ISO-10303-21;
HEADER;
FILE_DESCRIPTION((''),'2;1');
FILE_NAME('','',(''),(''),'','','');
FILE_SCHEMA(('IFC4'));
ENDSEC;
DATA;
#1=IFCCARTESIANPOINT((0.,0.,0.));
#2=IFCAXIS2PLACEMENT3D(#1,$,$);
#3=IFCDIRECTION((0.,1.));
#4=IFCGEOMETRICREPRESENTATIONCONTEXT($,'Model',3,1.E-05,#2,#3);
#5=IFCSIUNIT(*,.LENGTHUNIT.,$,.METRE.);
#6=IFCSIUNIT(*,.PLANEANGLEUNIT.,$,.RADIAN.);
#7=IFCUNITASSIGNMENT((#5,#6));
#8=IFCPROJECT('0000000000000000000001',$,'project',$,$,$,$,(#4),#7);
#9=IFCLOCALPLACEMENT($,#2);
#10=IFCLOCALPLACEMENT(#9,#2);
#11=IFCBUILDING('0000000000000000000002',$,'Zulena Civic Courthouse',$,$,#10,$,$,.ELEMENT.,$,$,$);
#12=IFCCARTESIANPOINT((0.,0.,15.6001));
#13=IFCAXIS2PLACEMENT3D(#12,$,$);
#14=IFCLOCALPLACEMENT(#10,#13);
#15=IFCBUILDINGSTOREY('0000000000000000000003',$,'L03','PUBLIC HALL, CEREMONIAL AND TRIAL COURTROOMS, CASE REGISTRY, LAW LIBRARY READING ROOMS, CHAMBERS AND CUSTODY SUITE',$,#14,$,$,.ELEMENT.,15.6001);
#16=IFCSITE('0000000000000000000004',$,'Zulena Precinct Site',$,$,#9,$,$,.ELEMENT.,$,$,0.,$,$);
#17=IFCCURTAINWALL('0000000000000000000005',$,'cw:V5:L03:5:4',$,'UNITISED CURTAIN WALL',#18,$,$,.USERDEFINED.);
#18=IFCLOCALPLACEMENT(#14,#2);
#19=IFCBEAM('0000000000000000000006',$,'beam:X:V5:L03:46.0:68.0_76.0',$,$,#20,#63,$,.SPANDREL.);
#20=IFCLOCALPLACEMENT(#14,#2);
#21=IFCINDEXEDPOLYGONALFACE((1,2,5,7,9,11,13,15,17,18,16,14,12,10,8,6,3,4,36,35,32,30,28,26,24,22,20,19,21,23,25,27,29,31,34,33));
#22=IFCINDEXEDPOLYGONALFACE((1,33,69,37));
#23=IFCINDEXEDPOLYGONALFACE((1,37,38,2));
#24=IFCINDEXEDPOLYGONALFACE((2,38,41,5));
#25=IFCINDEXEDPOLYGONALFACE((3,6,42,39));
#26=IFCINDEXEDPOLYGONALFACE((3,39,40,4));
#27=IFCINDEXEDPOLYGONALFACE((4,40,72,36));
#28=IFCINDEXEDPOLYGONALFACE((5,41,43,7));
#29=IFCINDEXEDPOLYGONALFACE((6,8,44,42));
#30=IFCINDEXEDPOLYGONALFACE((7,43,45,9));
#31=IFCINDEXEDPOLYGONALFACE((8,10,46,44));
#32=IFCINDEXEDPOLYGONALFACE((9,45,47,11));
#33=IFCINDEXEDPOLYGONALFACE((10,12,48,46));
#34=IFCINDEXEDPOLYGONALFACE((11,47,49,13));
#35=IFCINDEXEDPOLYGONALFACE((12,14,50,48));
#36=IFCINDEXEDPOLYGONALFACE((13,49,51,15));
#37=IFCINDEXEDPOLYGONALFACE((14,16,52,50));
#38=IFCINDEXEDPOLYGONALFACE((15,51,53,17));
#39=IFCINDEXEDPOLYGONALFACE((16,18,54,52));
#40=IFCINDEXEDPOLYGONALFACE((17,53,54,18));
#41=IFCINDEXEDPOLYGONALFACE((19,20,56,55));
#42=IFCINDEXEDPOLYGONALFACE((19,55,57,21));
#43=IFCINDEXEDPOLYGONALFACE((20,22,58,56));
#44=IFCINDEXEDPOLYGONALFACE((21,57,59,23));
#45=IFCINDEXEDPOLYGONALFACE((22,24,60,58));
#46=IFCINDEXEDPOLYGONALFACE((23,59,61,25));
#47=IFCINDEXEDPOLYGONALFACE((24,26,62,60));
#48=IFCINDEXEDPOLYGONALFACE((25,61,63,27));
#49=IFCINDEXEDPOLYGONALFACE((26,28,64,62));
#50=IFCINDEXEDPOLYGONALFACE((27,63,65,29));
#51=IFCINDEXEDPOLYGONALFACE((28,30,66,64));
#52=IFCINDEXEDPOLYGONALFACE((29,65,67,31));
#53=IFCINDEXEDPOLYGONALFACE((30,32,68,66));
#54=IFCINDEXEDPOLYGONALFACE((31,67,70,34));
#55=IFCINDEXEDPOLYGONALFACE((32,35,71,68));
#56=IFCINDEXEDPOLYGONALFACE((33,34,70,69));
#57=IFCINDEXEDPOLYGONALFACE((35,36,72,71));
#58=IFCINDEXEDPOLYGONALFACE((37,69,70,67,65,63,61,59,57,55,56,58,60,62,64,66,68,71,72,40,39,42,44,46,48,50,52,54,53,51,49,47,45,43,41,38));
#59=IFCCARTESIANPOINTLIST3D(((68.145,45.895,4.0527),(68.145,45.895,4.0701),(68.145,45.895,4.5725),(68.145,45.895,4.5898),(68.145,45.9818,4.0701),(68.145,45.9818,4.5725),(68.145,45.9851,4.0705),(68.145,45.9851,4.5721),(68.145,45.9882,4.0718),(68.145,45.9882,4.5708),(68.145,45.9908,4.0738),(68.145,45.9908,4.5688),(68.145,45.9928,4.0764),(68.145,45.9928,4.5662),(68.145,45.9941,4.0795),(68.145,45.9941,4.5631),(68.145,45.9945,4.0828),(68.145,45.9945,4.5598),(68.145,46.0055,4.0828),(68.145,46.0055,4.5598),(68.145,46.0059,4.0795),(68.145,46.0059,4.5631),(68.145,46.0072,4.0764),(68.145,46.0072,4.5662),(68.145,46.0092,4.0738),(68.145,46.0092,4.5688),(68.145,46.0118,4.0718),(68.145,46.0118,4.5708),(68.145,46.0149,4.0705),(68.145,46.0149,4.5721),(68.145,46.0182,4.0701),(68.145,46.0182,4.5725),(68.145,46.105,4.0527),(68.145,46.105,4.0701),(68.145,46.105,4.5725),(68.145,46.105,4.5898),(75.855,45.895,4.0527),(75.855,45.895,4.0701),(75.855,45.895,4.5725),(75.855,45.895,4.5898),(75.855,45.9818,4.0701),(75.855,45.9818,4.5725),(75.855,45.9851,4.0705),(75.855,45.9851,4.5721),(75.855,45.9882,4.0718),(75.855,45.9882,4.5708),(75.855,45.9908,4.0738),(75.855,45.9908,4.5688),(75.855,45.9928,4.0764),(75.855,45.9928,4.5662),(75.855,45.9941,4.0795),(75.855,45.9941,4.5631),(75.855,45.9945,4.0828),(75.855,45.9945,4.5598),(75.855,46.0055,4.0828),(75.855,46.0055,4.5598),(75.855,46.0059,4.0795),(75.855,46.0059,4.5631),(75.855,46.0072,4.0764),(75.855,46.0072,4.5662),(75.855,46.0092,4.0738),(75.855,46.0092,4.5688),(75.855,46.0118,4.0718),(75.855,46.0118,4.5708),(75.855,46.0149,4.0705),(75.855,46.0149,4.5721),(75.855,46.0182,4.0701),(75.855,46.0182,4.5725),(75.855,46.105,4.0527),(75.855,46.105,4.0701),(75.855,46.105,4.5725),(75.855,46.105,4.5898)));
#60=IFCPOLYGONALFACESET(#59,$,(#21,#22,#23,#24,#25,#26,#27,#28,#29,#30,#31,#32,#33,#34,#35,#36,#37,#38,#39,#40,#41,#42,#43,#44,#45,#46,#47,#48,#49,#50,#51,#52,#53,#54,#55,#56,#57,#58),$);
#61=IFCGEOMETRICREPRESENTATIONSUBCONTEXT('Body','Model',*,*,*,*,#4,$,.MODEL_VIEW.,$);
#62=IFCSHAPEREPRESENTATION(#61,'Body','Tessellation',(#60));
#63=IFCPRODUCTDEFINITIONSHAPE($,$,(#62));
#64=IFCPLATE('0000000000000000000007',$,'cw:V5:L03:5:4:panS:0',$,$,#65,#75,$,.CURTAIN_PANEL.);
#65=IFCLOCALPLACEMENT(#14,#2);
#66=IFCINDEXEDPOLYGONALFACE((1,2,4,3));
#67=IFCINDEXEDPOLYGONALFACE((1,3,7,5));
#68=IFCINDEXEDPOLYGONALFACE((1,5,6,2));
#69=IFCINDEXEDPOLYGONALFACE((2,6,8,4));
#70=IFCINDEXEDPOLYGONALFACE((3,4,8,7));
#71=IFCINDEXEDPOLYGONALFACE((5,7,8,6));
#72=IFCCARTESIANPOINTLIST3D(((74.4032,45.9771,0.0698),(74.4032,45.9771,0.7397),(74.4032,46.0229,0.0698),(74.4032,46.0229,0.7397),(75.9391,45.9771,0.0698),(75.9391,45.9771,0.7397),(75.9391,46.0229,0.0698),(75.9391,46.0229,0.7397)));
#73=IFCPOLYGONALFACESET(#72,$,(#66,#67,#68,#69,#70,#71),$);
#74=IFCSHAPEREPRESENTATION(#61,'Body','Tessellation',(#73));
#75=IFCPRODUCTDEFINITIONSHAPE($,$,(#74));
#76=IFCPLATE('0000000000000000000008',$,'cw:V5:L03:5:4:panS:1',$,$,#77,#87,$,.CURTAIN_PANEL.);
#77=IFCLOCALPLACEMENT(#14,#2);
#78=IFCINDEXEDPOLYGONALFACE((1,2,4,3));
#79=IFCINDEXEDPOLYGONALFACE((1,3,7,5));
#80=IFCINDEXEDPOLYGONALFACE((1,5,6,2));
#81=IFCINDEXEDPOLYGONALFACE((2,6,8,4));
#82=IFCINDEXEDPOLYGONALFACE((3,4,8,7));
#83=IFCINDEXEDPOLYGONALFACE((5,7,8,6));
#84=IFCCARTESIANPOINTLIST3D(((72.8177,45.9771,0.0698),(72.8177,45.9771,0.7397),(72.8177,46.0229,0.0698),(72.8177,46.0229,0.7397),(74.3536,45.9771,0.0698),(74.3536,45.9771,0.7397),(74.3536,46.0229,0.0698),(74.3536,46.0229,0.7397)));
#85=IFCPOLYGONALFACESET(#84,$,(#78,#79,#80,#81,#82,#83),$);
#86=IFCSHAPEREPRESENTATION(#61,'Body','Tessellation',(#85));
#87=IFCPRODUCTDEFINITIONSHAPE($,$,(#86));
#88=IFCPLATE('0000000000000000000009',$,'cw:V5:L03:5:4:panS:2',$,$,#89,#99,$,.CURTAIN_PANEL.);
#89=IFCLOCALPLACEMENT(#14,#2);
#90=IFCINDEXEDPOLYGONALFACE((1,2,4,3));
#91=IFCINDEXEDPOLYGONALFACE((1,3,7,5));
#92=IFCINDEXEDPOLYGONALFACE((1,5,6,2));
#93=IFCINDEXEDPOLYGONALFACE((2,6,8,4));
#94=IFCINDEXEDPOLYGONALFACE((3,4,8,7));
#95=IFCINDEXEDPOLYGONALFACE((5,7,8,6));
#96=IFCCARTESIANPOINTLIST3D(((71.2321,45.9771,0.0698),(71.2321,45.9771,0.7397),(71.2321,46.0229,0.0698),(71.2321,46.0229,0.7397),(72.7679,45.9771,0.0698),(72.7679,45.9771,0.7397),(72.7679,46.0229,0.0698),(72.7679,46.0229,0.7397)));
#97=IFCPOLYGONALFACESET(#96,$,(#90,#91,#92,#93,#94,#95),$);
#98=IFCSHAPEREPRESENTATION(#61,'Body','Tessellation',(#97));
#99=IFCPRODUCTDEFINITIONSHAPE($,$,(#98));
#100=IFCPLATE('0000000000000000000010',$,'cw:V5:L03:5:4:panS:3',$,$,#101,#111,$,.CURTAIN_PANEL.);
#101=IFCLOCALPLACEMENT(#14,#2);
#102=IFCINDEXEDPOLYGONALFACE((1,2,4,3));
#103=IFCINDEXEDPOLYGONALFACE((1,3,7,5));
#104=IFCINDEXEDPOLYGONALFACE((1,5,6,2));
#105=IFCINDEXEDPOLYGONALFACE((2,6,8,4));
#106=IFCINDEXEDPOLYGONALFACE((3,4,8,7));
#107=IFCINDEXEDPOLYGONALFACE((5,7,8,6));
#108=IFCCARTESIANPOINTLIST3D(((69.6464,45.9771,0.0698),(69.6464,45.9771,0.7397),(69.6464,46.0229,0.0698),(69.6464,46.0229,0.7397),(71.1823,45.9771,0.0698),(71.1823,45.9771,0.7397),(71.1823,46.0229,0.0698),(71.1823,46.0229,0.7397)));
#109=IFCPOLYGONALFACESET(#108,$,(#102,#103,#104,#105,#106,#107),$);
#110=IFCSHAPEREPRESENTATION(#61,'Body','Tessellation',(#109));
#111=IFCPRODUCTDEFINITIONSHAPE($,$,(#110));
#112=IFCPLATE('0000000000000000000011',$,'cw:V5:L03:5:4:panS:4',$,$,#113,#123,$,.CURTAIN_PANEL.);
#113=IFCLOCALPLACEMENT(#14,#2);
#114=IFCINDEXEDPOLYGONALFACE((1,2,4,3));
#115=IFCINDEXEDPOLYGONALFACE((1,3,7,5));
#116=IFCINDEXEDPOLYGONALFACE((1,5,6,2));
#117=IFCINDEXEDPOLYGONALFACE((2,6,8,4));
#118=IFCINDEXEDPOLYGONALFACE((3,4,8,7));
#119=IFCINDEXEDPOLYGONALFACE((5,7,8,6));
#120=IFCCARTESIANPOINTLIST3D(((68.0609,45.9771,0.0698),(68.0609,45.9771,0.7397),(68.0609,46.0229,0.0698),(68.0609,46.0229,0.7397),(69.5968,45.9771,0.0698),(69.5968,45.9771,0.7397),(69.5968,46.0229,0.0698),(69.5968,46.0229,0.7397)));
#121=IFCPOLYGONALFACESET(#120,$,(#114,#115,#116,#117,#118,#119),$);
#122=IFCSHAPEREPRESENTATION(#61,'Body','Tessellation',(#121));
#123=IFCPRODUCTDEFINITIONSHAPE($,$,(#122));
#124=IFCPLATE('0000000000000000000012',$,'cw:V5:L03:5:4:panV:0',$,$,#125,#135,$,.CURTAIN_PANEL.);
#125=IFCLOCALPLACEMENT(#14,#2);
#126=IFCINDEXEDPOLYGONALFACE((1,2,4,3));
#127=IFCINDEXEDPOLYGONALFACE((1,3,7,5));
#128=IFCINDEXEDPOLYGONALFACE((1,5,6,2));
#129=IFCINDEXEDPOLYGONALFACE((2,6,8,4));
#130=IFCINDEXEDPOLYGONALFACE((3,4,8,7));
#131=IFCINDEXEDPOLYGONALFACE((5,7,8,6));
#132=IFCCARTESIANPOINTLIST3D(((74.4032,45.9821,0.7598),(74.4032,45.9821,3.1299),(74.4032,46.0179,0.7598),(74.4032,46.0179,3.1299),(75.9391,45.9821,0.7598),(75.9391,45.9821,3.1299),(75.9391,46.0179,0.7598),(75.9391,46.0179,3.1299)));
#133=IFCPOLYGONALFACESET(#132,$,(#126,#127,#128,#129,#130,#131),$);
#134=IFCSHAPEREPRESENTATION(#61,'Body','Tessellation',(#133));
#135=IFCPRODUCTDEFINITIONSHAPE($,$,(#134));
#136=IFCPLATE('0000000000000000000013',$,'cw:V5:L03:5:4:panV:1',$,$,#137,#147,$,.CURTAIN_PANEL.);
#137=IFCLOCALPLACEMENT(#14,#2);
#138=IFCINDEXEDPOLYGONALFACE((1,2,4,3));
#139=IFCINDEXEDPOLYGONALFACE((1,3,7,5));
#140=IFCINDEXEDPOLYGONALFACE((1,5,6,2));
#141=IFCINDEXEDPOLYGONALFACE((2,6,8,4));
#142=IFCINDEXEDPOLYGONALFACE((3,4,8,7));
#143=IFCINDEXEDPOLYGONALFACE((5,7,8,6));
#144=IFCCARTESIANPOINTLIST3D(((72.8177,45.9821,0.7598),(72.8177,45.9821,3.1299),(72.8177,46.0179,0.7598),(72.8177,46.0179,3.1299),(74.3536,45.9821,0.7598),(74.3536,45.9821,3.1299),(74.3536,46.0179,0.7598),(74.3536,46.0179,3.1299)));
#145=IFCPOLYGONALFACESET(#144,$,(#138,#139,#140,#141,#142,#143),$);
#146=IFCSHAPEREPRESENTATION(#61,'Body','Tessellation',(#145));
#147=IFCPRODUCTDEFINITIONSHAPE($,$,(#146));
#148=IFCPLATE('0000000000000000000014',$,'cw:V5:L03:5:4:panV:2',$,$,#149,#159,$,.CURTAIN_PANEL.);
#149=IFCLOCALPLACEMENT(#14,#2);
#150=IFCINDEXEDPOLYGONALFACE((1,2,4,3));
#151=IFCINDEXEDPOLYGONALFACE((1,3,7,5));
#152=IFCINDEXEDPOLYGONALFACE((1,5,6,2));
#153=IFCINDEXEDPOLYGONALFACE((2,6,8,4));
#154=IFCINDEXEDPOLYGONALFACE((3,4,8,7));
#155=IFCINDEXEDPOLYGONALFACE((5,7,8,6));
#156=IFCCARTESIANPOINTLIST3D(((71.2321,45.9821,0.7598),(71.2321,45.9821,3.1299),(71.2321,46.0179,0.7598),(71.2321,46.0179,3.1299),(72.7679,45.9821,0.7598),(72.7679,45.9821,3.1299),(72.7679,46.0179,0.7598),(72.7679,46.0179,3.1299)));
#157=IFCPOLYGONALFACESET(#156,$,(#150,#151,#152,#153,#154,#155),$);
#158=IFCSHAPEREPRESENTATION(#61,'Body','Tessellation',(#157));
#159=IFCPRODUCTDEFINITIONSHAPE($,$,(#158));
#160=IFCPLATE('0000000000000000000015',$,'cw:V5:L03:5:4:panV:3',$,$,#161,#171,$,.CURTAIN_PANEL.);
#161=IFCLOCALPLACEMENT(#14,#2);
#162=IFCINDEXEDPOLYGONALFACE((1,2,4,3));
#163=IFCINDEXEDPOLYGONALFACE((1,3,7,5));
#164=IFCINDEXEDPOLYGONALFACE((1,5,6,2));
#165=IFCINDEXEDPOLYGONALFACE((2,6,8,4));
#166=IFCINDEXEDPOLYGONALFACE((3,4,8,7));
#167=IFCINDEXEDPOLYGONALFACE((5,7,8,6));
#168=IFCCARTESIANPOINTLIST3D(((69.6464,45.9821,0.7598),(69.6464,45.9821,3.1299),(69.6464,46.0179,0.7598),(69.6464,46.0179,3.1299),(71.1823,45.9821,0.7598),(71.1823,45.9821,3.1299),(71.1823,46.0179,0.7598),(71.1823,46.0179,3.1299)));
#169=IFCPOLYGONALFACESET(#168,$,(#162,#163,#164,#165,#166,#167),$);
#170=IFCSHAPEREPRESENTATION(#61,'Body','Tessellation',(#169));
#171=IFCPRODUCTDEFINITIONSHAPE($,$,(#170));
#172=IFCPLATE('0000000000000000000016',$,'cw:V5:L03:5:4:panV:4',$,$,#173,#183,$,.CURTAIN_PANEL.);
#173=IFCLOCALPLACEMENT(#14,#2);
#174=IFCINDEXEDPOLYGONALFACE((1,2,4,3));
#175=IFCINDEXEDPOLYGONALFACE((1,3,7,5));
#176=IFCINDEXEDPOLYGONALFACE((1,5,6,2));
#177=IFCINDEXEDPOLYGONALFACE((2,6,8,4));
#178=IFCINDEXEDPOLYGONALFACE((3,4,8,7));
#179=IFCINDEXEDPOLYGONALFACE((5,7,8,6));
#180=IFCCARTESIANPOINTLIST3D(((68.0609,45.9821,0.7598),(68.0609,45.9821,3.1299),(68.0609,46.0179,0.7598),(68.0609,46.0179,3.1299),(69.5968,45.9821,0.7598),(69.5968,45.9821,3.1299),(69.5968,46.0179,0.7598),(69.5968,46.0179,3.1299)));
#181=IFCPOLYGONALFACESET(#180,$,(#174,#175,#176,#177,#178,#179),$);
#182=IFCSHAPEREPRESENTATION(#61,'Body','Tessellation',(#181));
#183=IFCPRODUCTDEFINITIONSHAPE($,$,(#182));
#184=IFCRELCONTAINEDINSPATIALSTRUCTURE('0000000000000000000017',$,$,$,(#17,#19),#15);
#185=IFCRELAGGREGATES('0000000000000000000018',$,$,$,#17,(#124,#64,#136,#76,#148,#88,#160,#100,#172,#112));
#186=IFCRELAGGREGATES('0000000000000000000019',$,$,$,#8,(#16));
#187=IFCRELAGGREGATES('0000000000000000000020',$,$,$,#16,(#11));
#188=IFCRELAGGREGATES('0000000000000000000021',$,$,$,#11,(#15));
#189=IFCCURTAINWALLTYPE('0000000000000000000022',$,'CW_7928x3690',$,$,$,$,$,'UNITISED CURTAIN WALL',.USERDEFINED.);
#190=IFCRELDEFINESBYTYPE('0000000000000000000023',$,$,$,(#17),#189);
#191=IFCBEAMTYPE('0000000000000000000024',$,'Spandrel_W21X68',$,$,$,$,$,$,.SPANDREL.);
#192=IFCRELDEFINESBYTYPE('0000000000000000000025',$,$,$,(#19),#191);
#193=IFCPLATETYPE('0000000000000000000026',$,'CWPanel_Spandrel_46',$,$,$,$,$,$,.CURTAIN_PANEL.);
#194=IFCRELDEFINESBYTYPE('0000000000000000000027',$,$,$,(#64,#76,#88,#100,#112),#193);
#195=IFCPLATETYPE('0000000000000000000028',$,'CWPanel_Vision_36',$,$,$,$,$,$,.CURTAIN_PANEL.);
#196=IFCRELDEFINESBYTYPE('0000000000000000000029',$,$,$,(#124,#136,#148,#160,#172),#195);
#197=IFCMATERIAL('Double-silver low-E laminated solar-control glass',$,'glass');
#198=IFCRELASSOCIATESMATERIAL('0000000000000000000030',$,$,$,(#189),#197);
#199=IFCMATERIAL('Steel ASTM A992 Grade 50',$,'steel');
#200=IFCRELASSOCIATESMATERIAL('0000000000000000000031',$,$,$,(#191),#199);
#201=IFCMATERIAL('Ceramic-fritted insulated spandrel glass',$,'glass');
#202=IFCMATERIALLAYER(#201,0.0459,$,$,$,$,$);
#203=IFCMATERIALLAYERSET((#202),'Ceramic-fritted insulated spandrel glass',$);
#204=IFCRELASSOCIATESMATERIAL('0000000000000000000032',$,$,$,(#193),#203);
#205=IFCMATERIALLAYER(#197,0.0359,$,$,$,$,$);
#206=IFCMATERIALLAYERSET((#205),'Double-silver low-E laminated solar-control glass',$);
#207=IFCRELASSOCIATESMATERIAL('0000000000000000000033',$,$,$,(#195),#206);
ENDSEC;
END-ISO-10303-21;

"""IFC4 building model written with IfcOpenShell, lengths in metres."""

from ifc_helpers import new_model, si_unit, direction, frame, origin, origin_2d, place, context, subcontext, project, spatial, rectangle, i_section, extrude, material, layer, layer_set, material_profile, profile_set, type_object, element, aggregate, save


model = new_model("IFC4")

# Units and contexts
model_context = context("Model", 3, precision=1e-05, world=origin(), true_north=direction((0.0, 1.0)))
body_context = subcontext(model_context, "Body", "Model", "MODEL_VIEW")
ifc_project = project(units=[si_unit("LENGTHUNIT", "METRE"), si_unit("PLANEANGLEUNIT", "RADIAN")], contexts=[model_context])

# Site, building, storey
site_placement = place(None, origin())
site = spatial("IfcSite", under=ifc_project, at=site_placement, Name="Zulena Precinct Site", CompositionType="ELEMENT", RefElevation=0.0)
building_placement = place(site_placement, origin())
building = spatial("IfcBuilding", under=site, at=building_placement, Name="Zulena Civic Courthouse", CompositionType="ELEMENT")
storey_placement = place(building_placement, frame((0.0, 0.0, 15.6001)))
storey = spatial("IfcBuildingStorey", under=building, at=storey_placement, Name="L03", Description="PUBLIC HALL, CEREMONIAL AND TRIAL COURTROOMS, CASE REGISTRY, LAW LIBRARY READING ROOMS, CHAMBERS AND CUSTODY SUITE", CompositionType="ELEMENT", Elevation=15.6001)

# Shared definitions
ifc_material_1 = material(Name="Steel ASTM A992 Grade 50", Category="steel")

# Curtain wall
ifc_material_2 = material(Name="Double-silver low-E laminated solar-control glass", Category="glass")
curtain_wall_type = type_object("IfcCurtainWallType", Name="CW_7928x3690", ElementType="UNITISED CURTAIN WALL", PredefinedType="USERDEFINED", material=ifc_material_2)
curtain_wall_1_placement = place(storey_placement, origin())
curtain_wall_1 = element("IfcCurtainWall", 1, at=curtain_wall_1_placement, inside=storey, type_object=curtain_wall_type, Name="cw:V5:L03:5:4", ObjectType="UNITISED CURTAIN WALL", PredefinedType="USERDEFINED")

# Beam
ifc_material_profile_1 = material_profile(ifc_material_1, i_section(OverallWidth=0.21, OverallDepth=0.5371, WebThickness=0.011, FlangeThickness=0.0173, FilletRadius=0.0127, at=origin_2d()), Name="W21X68")
ifc_profile_set_1 = profile_set([ifc_material_profile_1], Name="Steel ASTM A992 Grade 50")
beam_type_1 = type_object("IfcBeamType", Name="Spandrel_W21X68", PredefinedType="SPANDREL", material=ifc_profile_set_1)
beam_1_placement = place(storey_placement, frame((68.145, 46.0, 4.3213), z_axis=(1.0, 0.0, 0.0), x_axis=(0.0, 1.0, 0.0)))
element("IfcBeam", 2, at=beam_1_placement, inside=storey, type_object=beam_type_1, Name="beam:X:V5:L03:46.0:68.0_76.0", PredefinedType="SPANDREL", context=body_context, shape_type="SweptSolid", body=[
    extrude(i_section(OverallWidth=0.21, OverallDepth=0.5371, WebThickness=0.011, FlangeThickness=0.0173, FilletRadius=0.0127, at=origin_2d()), origin(), (0.0, 0.0, 1.0), 7.71),
])

# Plates
ifc_material_3 = material(Name="Ceramic-fritted insulated spandrel glass", Category="glass")
ifc_layer_1 = layer(ifc_material_3, 0.0459)
ifc_layer_set_1 = layer_set([ifc_layer_1], Name="Ceramic-fritted insulated spandrel glass")
plate_type_1 = type_object("IfcPlateType", Name="CWPanel_Spandrel_46", PredefinedType="CURTAIN_PANEL", material=ifc_layer_set_1)
plate_1_placement = place(storey_placement, frame((75.1711, 46.0, 0.0698), z_axis=(0.0, 0.0, 1.0), x_axis=(-1.0, 0.0, 0.0)))
plate_1 = element("IfcPlate", 3, at=plate_1_placement, type_object=plate_type_1, Name="cw:V5:L03:5:4:panS:0", PredefinedType="CURTAIN_PANEL", context=body_context, shape_type="SweptSolid", body=[
    extrude(rectangle(XDim=1.5359, YDim=0.0459, at=origin_2d()), origin(), (0.0, 0.0, 1.0), 0.6699),
])
plate_2_placement = place(storey_placement, frame((73.5857, 46.0, 0.0698), z_axis=(0.0, 0.0, 1.0), x_axis=(-1.0, 0.0, 0.0)))
plate_2 = element("IfcPlate", 4, at=plate_2_placement, type_object=plate_type_1, Name="cw:V5:L03:5:4:panS:1", PredefinedType="CURTAIN_PANEL", context=body_context, shape_type="SweptSolid", body=[
    extrude(rectangle(XDim=1.5359, YDim=0.0459, at=origin_2d()), origin(), (0.0, 0.0, 1.0), 0.6699),
])
plate_3_placement = place(storey_placement, frame((72.0, 46.0, 0.0698), z_axis=(0.0, 0.0, 1.0), x_axis=(-1.0, 0.0, 0.0)))
plate_3 = element("IfcPlate", 5, at=plate_3_placement, type_object=plate_type_1, Name="cw:V5:L03:5:4:panS:2", PredefinedType="CURTAIN_PANEL", context=body_context, shape_type="SweptSolid", body=[
    extrude(rectangle(XDim=1.5359, YDim=0.0459, at=origin_2d()), origin(), (0.0, 0.0, 1.0), 0.6699),
])
plate_4_placement = place(storey_placement, frame((70.4143, 46.0, 0.0698), z_axis=(0.0, 0.0, 1.0), x_axis=(-1.0, 0.0, 0.0)))
plate_4 = element("IfcPlate", 6, at=plate_4_placement, type_object=plate_type_1, Name="cw:V5:L03:5:4:panS:3", PredefinedType="CURTAIN_PANEL", context=body_context, shape_type="SweptSolid", body=[
    extrude(rectangle(XDim=1.5359, YDim=0.0459, at=origin_2d()), origin(), (0.0, 0.0, 1.0), 0.6699),
])
plate_5_placement = place(storey_placement, frame((68.8289, 46.0, 0.0698), z_axis=(0.0, 0.0, 1.0), x_axis=(-1.0, 0.0, 0.0)))
plate_5 = element("IfcPlate", 7, at=plate_5_placement, type_object=plate_type_1, Name="cw:V5:L03:5:4:panS:4", PredefinedType="CURTAIN_PANEL", context=body_context, shape_type="SweptSolid", body=[
    extrude(rectangle(XDim=1.5359, YDim=0.0459, at=origin_2d()), origin(), (0.0, 0.0, 1.0), 0.6699),
])
ifc_layer_2 = layer(ifc_material_2, 0.0359)
ifc_layer_set_2 = layer_set([ifc_layer_2], Name="Double-silver low-E laminated solar-control glass")
plate_type_2 = type_object("IfcPlateType", Name="CWPanel_Vision_36", PredefinedType="CURTAIN_PANEL", material=ifc_layer_set_2)
plate_6_placement = place(storey_placement, frame((75.1711, 46.0, 0.7598), z_axis=(0.0, 0.0, 1.0), x_axis=(-1.0, 0.0, 0.0)))
plate_6 = element("IfcPlate", 8, at=plate_6_placement, type_object=plate_type_2, Name="cw:V5:L03:5:4:panV:0", PredefinedType="CURTAIN_PANEL", context=body_context, shape_type="SweptSolid", body=[
    extrude(rectangle(XDim=1.5359, YDim=0.0359, at=origin_2d()), origin(), (0.0, 0.0, 1.0), 2.3701),
])
plate_7_placement = place(storey_placement, frame((73.5857, 46.0, 0.7598), z_axis=(0.0, 0.0, 1.0), x_axis=(-1.0, 0.0, 0.0)))
plate_7 = element("IfcPlate", 9, at=plate_7_placement, type_object=plate_type_2, Name="cw:V5:L03:5:4:panV:1", PredefinedType="CURTAIN_PANEL", context=body_context, shape_type="SweptSolid", body=[
    extrude(rectangle(XDim=1.5359, YDim=0.0359, at=origin_2d()), origin(), (0.0, 0.0, 1.0), 2.3701),
])
plate_8_placement = place(storey_placement, frame((72.0, 46.0, 0.7598), z_axis=(0.0, 0.0, 1.0), x_axis=(-1.0, 0.0, 0.0)))
plate_8 = element("IfcPlate", 10, at=plate_8_placement, type_object=plate_type_2, Name="cw:V5:L03:5:4:panV:2", PredefinedType="CURTAIN_PANEL", context=body_context, shape_type="SweptSolid", body=[
    extrude(rectangle(XDim=1.5359, YDim=0.0359, at=origin_2d()), origin(), (0.0, 0.0, 1.0), 2.3701),
])
plate_9_placement = place(storey_placement, frame((70.4143, 46.0, 0.7598), z_axis=(0.0, 0.0, 1.0), x_axis=(-1.0, 0.0, 0.0)))
plate_9 = element("IfcPlate", 11, at=plate_9_placement, type_object=plate_type_2, Name="cw:V5:L03:5:4:panV:3", PredefinedType="CURTAIN_PANEL", context=body_context, shape_type="SweptSolid", body=[
    extrude(rectangle(XDim=1.5359, YDim=0.0359, at=origin_2d()), origin(), (0.0, 0.0, 1.0), 2.3701),
])
plate_10_placement = place(storey_placement, frame((68.8289, 46.0, 0.7598), z_axis=(0.0, 0.0, 1.0), x_axis=(-1.0, 0.0, 0.0)))
plate_10 = element("IfcPlate", 12, at=plate_10_placement, type_object=plate_type_2, Name="cw:V5:L03:5:4:panV:4", PredefinedType="CURTAIN_PANEL", context=body_context, shape_type="SweptSolid", body=[
    extrude(rectangle(XDim=1.5359, YDim=0.0359, at=origin_2d()), origin(), (0.0, 0.0, 1.0), 2.3701),
])
aggregate(curtain_wall_1, [plate_6, plate_1, plate_7, plate_2, plate_8, plate_3, plate_9, plate_4, plate_10, plate_5])

save(model, "model.ifc")
